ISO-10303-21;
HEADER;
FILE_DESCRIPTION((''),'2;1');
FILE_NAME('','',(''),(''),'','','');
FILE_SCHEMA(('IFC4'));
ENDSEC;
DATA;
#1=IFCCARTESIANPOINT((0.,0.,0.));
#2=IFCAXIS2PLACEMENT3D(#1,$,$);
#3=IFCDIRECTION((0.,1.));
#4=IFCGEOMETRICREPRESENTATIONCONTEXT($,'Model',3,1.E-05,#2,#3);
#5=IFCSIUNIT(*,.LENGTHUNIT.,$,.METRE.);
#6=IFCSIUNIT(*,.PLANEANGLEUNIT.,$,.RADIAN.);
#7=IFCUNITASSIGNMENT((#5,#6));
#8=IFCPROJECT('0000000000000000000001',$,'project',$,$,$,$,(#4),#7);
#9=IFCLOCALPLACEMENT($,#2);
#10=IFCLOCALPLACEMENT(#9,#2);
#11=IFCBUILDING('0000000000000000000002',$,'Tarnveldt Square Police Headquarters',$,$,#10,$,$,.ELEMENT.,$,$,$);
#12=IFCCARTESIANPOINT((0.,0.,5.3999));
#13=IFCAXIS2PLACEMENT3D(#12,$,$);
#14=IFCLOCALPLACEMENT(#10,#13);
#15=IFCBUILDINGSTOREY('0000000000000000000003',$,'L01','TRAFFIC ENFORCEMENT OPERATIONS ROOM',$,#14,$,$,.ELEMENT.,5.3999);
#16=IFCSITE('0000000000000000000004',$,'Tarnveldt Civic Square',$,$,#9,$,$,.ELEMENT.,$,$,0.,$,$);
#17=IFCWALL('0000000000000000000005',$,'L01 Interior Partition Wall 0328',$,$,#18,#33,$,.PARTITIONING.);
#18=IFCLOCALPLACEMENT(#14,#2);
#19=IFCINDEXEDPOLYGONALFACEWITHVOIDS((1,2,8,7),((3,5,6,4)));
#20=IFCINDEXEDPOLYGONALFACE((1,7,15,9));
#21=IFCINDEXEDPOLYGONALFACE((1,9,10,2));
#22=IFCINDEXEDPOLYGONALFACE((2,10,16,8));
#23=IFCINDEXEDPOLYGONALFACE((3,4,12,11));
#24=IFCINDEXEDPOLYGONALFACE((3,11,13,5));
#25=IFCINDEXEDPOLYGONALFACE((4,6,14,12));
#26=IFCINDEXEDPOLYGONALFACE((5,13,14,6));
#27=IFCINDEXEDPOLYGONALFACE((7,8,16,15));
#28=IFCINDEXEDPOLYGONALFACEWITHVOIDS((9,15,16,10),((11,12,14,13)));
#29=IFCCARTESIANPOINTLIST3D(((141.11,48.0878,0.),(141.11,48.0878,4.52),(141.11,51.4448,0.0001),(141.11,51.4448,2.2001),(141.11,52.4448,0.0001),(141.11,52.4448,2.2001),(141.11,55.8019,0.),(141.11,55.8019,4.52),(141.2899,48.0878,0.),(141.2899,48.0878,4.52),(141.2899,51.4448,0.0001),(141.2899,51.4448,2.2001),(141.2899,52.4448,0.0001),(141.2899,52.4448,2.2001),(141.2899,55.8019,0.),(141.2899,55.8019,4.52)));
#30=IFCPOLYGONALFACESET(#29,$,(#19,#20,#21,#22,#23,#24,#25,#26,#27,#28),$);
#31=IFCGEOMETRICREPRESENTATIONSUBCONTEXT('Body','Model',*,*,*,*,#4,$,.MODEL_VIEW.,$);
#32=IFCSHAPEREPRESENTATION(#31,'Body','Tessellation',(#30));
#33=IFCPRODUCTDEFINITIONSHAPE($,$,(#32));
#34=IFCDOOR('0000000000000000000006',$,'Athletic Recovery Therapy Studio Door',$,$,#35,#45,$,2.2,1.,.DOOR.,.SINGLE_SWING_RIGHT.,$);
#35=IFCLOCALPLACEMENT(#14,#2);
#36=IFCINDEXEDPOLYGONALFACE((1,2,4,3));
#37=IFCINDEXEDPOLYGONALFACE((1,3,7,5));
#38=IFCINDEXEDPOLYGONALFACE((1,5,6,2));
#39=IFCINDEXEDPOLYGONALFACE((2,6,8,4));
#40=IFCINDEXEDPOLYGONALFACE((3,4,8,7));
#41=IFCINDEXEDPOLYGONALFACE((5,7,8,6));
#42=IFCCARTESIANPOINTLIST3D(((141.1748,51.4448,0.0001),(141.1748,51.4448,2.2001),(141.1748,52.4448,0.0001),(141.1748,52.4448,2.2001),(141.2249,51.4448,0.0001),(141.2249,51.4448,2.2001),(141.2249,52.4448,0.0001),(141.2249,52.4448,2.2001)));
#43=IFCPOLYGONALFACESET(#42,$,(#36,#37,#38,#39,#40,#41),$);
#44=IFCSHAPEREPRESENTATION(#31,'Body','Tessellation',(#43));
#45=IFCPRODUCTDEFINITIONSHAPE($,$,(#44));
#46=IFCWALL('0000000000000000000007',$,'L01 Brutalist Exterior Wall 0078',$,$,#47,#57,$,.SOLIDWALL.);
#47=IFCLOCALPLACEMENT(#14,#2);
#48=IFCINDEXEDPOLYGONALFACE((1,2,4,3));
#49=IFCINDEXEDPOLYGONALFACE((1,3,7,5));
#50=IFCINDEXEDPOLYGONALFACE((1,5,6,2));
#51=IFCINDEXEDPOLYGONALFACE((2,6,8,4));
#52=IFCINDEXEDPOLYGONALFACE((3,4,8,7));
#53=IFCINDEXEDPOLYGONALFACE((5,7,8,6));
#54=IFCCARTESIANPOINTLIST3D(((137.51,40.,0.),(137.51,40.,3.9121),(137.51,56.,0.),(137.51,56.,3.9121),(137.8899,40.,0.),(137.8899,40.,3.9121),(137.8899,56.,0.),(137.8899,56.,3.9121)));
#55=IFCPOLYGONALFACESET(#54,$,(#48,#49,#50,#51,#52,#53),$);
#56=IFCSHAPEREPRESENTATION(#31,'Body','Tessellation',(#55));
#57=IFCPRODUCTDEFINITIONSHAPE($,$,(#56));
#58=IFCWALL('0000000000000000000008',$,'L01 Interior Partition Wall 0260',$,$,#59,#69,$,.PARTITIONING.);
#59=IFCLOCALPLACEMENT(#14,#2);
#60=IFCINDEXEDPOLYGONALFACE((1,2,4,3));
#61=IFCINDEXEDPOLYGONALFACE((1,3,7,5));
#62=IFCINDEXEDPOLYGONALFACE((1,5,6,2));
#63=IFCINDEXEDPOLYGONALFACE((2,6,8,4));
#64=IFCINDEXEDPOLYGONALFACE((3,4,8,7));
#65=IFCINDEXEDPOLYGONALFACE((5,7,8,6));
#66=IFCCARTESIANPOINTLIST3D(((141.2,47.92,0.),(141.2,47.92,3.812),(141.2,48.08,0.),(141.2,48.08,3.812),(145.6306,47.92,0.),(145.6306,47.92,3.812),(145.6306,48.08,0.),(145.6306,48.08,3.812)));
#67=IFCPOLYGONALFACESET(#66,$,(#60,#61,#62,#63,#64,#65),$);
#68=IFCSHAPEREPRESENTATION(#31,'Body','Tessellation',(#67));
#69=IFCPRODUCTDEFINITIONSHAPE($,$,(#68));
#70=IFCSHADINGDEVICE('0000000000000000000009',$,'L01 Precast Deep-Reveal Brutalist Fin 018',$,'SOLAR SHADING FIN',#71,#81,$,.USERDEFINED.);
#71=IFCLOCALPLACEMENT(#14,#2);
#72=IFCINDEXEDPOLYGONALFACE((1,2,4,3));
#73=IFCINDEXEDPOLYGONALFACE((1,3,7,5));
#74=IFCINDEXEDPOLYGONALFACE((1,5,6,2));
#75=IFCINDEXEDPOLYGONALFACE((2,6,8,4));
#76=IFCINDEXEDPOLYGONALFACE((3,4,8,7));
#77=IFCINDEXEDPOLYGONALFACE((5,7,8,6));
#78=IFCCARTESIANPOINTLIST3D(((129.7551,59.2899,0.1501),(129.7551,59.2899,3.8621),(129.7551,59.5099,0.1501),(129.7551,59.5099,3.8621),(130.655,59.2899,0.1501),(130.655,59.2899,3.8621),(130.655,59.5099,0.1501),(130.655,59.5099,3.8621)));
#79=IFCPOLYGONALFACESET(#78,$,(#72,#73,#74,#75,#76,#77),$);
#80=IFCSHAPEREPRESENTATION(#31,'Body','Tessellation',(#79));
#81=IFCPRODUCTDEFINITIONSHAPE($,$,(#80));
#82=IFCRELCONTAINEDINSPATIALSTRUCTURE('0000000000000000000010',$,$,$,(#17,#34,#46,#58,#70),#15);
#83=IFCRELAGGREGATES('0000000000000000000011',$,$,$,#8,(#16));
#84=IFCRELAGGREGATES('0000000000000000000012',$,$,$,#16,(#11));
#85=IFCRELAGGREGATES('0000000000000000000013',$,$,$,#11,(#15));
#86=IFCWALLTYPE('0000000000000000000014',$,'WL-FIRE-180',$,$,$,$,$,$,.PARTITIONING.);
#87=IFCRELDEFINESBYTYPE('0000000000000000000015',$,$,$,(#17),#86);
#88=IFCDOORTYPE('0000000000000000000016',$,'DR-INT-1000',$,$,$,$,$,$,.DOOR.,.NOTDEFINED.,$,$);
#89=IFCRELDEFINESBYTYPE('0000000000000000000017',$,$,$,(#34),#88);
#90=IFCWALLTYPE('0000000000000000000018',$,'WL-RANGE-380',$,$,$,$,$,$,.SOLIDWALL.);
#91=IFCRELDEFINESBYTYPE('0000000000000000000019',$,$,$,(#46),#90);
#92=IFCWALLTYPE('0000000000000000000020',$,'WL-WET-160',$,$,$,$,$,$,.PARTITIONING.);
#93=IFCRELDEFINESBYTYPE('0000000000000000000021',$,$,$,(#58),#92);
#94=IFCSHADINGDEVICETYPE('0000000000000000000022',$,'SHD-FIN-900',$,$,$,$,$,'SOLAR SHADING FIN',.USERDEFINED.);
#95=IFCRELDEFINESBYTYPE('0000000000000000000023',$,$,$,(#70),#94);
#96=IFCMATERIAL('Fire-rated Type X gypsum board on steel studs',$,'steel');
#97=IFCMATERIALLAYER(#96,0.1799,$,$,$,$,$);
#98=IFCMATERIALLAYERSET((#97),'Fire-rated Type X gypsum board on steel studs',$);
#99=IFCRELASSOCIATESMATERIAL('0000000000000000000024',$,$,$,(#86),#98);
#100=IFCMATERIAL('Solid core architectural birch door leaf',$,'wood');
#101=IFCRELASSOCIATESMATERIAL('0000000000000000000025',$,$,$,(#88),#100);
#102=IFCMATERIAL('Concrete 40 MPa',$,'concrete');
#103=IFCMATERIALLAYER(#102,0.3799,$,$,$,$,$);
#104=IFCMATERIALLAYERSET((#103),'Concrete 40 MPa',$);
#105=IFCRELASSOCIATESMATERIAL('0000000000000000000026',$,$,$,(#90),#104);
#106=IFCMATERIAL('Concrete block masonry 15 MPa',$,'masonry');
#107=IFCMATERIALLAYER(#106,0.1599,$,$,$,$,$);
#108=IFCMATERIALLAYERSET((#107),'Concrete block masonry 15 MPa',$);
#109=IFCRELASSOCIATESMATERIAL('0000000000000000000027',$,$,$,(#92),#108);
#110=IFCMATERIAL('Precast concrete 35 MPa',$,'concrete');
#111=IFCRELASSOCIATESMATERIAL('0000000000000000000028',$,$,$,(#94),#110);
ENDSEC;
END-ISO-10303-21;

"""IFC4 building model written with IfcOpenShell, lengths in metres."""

from ifc_helpers import new_model, si_unit, direction, frame, frame_2d, origin, origin_2d, place, context, subcontext, project, spatial, rectangle, extrude, material, layer, layer_set, material_profile, profile_set, type_object, element, fill, save


model = new_model("IFC4")

# Units and contexts
model_context = context("Model", 3, precision=1e-05, world=origin(), true_north=direction((0.0, 1.0)))
body_context = subcontext(model_context, "Body", "Model", "MODEL_VIEW")
ifc_project = project(units=[si_unit("LENGTHUNIT", "METRE"), si_unit("PLANEANGLEUNIT", "RADIAN")], contexts=[model_context])

# Site, building, storey
site_placement = place(None, origin())
site = spatial("IfcSite", under=ifc_project, at=site_placement, Name="Tarnveldt Civic Square", CompositionType="ELEMENT", RefElevation=0.0)
building_placement = place(site_placement, origin())
building = spatial("IfcBuilding", under=site, at=building_placement, Name="Tarnveldt Square Police Headquarters", CompositionType="ELEMENT")
storey_placement = place(building_placement, frame((0.0, 0.0, 5.3999)))
storey = spatial("IfcBuildingStorey", under=building, at=storey_placement, Name="L01", Description="TRAFFIC ENFORCEMENT OPERATIONS ROOM", CompositionType="ELEMENT", Elevation=5.3999)

# Shared definitions
ifc_material_1 = material(Name="Concrete 40 MPa", Category="concrete")

# Wall, opening, door
ifc_material_2 = material(Name="Fire-rated Type X gypsum board on steel studs", Category="steel")
ifc_layer_1 = layer(ifc_material_2, 0.1799)
ifc_layer_set_1 = layer_set([ifc_layer_1], Name="Fire-rated Type X gypsum board on steel studs")
wall_type_1 = type_object("IfcWallType", Name="WL-FIRE-180", PredefinedType="PARTITIONING", material=ifc_layer_set_1)
wall_1_placement = place(storey_placement, frame((141.2, 48.0879, 0.0), z_axis=(0.0, 0.0, 1.0), x_axis=(0.0, 1.0, 0.0)))
wall_1 = element("IfcWall", 1, at=wall_1_placement, inside=storey, type_object=wall_type_1, Name="L01 Interior Partition Wall 0328", PredefinedType="PARTITIONING", context=body_context, shape_type="SweptSolid", body=[
    extrude(rectangle(XDim=7.7141, YDim=0.1799, at=frame_2d((3.8569, 0.0))), origin(), (0.0, 0.0, 1.0), 4.52),
])
opening_1_placement = place(wall_1_placement, frame((3.3569, 0.0, 0.0)))
opening_1 = element("IfcOpeningElement", 2, at=opening_1_placement, cuts=wall_1, PredefinedType="OPENING", context=body_context, shape_type="SweptSolid", body=[
    extrude(rectangle(XDim=1.0, YDim=2.2, at=frame_2d((0.5, 1.1001))), frame((0.0, 0.0999, 0.0), z_axis=(0.0, -1.0, 0.0), x_axis=(1.0, 0.0, 0.0)), (0.0, 0.0, 1.0), 0.2),
])
ifc_material_3 = material(Name="Solid core architectural birch door leaf", Category="wood")
door_type_1 = type_object("IfcDoorType", Name="DR-INT-1000", OperationType="NOTDEFINED", PredefinedType="DOOR", material=ifc_material_3)
door_1_placement = place(opening_1_placement, frame((1.0, 0.0, 0.0), z_axis=(0.0, 0.0, 1.0), x_axis=(-1.0, 0.0, 0.0)))
door_1 = element("IfcDoor", 3, at=door_1_placement, inside=storey, type_object=door_type_1, Name="Athletic Recovery Therapy Studio Door", OperationType="SINGLE_SWING_RIGHT", OverallHeight=2.2, OverallWidth=1.0, PredefinedType="DOOR", context=body_context, shape_type="SweptSolid", body=[
    extrude(rectangle(XDim=1.0, YDim=2.2, at=frame_2d((0.5, 1.1001))), frame((0.0, 0.0249, 0.0), z_axis=(0.0, -1.0, 0.0), x_axis=(1.0, 0.0, 0.0)), (0.0, 0.0, 1.0), 0.05),
])
fill(opening_1, door_1)

# Walls
ifc_layer_2 = layer(ifc_material_1, 0.3799)
ifc_layer_set_2 = layer_set([ifc_layer_2], Name="Concrete 40 MPa")
wall_type_2 = type_object("IfcWallType", Name="WL-RANGE-380", PredefinedType="SOLIDWALL", material=ifc_layer_set_2)
wall_2_placement = place(storey_placement, frame((137.7, 56.0, 0.0), z_axis=(0.0, 0.0, 1.0), x_axis=(0.0, -1.0, 0.0)))
element("IfcWall", 4, at=wall_2_placement, inside=storey, type_object=wall_type_2, Name="L01 Brutalist Exterior Wall 0078", PredefinedType="SOLIDWALL", context=body_context, shape_type="SweptSolid", body=[
    extrude(rectangle(XDim=16.0, YDim=0.3799, at=frame_2d((8.0, 0.0))), origin(), (0.0, 0.0, 1.0), 3.9121),
])
ifc_material_4 = material(Name="Concrete block masonry 15 MPa", Category="masonry")
ifc_layer_3 = layer(ifc_material_4, 0.1599)
ifc_layer_set_3 = layer_set([ifc_layer_3], Name="Concrete block masonry 15 MPa")
wall_type_3 = type_object("IfcWallType", Name="WL-WET-160", PredefinedType="PARTITIONING", material=ifc_layer_set_3)
wall_3_placement = place(storey_placement, frame((141.2, 48.0, 0.0), z_axis=(0.0, 0.0, 1.0), x_axis=(1.0, 0.0, 0.0)))
element("IfcWall", 5, at=wall_3_placement, inside=storey, type_object=wall_type_3, Name="L01 Interior Partition Wall 0260", PredefinedType="PARTITIONING", context=body_context, shape_type="SweptSolid", body=[
    extrude(rectangle(XDim=4.4307, YDim=0.1599, at=frame_2d((2.2153, 0.0))), origin(), (0.0, 0.0, 1.0), 3.812),
])

# Shading device
ifc_material_5 = material(Name="Precast concrete 35 MPa", Category="concrete")
ifc_material_profile_1 = material_profile(ifc_material_5, rectangle(XDim=0.22, YDim=0.8999, at=origin_2d()), Name="PC-FIN220x900")
ifc_profile_set_1 = profile_set([ifc_material_profile_1], Name="Precast concrete 35 MPa")
shading_device_type = type_object("IfcShadingDeviceType", Name="SHD-FIN-900", ElementType="SOLAR SHADING FIN", PredefinedType="USERDEFINED", material=ifc_profile_set_1)
shading_device_placement = place(storey_placement, frame((130.2051, 59.3999, 0.1501), z_axis=(0.0, 0.0, 1.0), x_axis=(0.0, 1.0, 0.0)))
element("IfcShadingDevice", 6, at=shading_device_placement, inside=storey, type_object=shading_device_type, Name="L01 Precast Deep-Reveal Brutalist Fin 018", ObjectType="SOLAR SHADING FIN", PredefinedType="USERDEFINED", context=body_context, shape_type="SweptSolid", body=[
    extrude(rectangle(XDim=0.22, YDim=0.8999, at=origin_2d()), origin(), (0.0, 0.0, 1.0), 3.7119),
])

save(model, "model.ifc")
